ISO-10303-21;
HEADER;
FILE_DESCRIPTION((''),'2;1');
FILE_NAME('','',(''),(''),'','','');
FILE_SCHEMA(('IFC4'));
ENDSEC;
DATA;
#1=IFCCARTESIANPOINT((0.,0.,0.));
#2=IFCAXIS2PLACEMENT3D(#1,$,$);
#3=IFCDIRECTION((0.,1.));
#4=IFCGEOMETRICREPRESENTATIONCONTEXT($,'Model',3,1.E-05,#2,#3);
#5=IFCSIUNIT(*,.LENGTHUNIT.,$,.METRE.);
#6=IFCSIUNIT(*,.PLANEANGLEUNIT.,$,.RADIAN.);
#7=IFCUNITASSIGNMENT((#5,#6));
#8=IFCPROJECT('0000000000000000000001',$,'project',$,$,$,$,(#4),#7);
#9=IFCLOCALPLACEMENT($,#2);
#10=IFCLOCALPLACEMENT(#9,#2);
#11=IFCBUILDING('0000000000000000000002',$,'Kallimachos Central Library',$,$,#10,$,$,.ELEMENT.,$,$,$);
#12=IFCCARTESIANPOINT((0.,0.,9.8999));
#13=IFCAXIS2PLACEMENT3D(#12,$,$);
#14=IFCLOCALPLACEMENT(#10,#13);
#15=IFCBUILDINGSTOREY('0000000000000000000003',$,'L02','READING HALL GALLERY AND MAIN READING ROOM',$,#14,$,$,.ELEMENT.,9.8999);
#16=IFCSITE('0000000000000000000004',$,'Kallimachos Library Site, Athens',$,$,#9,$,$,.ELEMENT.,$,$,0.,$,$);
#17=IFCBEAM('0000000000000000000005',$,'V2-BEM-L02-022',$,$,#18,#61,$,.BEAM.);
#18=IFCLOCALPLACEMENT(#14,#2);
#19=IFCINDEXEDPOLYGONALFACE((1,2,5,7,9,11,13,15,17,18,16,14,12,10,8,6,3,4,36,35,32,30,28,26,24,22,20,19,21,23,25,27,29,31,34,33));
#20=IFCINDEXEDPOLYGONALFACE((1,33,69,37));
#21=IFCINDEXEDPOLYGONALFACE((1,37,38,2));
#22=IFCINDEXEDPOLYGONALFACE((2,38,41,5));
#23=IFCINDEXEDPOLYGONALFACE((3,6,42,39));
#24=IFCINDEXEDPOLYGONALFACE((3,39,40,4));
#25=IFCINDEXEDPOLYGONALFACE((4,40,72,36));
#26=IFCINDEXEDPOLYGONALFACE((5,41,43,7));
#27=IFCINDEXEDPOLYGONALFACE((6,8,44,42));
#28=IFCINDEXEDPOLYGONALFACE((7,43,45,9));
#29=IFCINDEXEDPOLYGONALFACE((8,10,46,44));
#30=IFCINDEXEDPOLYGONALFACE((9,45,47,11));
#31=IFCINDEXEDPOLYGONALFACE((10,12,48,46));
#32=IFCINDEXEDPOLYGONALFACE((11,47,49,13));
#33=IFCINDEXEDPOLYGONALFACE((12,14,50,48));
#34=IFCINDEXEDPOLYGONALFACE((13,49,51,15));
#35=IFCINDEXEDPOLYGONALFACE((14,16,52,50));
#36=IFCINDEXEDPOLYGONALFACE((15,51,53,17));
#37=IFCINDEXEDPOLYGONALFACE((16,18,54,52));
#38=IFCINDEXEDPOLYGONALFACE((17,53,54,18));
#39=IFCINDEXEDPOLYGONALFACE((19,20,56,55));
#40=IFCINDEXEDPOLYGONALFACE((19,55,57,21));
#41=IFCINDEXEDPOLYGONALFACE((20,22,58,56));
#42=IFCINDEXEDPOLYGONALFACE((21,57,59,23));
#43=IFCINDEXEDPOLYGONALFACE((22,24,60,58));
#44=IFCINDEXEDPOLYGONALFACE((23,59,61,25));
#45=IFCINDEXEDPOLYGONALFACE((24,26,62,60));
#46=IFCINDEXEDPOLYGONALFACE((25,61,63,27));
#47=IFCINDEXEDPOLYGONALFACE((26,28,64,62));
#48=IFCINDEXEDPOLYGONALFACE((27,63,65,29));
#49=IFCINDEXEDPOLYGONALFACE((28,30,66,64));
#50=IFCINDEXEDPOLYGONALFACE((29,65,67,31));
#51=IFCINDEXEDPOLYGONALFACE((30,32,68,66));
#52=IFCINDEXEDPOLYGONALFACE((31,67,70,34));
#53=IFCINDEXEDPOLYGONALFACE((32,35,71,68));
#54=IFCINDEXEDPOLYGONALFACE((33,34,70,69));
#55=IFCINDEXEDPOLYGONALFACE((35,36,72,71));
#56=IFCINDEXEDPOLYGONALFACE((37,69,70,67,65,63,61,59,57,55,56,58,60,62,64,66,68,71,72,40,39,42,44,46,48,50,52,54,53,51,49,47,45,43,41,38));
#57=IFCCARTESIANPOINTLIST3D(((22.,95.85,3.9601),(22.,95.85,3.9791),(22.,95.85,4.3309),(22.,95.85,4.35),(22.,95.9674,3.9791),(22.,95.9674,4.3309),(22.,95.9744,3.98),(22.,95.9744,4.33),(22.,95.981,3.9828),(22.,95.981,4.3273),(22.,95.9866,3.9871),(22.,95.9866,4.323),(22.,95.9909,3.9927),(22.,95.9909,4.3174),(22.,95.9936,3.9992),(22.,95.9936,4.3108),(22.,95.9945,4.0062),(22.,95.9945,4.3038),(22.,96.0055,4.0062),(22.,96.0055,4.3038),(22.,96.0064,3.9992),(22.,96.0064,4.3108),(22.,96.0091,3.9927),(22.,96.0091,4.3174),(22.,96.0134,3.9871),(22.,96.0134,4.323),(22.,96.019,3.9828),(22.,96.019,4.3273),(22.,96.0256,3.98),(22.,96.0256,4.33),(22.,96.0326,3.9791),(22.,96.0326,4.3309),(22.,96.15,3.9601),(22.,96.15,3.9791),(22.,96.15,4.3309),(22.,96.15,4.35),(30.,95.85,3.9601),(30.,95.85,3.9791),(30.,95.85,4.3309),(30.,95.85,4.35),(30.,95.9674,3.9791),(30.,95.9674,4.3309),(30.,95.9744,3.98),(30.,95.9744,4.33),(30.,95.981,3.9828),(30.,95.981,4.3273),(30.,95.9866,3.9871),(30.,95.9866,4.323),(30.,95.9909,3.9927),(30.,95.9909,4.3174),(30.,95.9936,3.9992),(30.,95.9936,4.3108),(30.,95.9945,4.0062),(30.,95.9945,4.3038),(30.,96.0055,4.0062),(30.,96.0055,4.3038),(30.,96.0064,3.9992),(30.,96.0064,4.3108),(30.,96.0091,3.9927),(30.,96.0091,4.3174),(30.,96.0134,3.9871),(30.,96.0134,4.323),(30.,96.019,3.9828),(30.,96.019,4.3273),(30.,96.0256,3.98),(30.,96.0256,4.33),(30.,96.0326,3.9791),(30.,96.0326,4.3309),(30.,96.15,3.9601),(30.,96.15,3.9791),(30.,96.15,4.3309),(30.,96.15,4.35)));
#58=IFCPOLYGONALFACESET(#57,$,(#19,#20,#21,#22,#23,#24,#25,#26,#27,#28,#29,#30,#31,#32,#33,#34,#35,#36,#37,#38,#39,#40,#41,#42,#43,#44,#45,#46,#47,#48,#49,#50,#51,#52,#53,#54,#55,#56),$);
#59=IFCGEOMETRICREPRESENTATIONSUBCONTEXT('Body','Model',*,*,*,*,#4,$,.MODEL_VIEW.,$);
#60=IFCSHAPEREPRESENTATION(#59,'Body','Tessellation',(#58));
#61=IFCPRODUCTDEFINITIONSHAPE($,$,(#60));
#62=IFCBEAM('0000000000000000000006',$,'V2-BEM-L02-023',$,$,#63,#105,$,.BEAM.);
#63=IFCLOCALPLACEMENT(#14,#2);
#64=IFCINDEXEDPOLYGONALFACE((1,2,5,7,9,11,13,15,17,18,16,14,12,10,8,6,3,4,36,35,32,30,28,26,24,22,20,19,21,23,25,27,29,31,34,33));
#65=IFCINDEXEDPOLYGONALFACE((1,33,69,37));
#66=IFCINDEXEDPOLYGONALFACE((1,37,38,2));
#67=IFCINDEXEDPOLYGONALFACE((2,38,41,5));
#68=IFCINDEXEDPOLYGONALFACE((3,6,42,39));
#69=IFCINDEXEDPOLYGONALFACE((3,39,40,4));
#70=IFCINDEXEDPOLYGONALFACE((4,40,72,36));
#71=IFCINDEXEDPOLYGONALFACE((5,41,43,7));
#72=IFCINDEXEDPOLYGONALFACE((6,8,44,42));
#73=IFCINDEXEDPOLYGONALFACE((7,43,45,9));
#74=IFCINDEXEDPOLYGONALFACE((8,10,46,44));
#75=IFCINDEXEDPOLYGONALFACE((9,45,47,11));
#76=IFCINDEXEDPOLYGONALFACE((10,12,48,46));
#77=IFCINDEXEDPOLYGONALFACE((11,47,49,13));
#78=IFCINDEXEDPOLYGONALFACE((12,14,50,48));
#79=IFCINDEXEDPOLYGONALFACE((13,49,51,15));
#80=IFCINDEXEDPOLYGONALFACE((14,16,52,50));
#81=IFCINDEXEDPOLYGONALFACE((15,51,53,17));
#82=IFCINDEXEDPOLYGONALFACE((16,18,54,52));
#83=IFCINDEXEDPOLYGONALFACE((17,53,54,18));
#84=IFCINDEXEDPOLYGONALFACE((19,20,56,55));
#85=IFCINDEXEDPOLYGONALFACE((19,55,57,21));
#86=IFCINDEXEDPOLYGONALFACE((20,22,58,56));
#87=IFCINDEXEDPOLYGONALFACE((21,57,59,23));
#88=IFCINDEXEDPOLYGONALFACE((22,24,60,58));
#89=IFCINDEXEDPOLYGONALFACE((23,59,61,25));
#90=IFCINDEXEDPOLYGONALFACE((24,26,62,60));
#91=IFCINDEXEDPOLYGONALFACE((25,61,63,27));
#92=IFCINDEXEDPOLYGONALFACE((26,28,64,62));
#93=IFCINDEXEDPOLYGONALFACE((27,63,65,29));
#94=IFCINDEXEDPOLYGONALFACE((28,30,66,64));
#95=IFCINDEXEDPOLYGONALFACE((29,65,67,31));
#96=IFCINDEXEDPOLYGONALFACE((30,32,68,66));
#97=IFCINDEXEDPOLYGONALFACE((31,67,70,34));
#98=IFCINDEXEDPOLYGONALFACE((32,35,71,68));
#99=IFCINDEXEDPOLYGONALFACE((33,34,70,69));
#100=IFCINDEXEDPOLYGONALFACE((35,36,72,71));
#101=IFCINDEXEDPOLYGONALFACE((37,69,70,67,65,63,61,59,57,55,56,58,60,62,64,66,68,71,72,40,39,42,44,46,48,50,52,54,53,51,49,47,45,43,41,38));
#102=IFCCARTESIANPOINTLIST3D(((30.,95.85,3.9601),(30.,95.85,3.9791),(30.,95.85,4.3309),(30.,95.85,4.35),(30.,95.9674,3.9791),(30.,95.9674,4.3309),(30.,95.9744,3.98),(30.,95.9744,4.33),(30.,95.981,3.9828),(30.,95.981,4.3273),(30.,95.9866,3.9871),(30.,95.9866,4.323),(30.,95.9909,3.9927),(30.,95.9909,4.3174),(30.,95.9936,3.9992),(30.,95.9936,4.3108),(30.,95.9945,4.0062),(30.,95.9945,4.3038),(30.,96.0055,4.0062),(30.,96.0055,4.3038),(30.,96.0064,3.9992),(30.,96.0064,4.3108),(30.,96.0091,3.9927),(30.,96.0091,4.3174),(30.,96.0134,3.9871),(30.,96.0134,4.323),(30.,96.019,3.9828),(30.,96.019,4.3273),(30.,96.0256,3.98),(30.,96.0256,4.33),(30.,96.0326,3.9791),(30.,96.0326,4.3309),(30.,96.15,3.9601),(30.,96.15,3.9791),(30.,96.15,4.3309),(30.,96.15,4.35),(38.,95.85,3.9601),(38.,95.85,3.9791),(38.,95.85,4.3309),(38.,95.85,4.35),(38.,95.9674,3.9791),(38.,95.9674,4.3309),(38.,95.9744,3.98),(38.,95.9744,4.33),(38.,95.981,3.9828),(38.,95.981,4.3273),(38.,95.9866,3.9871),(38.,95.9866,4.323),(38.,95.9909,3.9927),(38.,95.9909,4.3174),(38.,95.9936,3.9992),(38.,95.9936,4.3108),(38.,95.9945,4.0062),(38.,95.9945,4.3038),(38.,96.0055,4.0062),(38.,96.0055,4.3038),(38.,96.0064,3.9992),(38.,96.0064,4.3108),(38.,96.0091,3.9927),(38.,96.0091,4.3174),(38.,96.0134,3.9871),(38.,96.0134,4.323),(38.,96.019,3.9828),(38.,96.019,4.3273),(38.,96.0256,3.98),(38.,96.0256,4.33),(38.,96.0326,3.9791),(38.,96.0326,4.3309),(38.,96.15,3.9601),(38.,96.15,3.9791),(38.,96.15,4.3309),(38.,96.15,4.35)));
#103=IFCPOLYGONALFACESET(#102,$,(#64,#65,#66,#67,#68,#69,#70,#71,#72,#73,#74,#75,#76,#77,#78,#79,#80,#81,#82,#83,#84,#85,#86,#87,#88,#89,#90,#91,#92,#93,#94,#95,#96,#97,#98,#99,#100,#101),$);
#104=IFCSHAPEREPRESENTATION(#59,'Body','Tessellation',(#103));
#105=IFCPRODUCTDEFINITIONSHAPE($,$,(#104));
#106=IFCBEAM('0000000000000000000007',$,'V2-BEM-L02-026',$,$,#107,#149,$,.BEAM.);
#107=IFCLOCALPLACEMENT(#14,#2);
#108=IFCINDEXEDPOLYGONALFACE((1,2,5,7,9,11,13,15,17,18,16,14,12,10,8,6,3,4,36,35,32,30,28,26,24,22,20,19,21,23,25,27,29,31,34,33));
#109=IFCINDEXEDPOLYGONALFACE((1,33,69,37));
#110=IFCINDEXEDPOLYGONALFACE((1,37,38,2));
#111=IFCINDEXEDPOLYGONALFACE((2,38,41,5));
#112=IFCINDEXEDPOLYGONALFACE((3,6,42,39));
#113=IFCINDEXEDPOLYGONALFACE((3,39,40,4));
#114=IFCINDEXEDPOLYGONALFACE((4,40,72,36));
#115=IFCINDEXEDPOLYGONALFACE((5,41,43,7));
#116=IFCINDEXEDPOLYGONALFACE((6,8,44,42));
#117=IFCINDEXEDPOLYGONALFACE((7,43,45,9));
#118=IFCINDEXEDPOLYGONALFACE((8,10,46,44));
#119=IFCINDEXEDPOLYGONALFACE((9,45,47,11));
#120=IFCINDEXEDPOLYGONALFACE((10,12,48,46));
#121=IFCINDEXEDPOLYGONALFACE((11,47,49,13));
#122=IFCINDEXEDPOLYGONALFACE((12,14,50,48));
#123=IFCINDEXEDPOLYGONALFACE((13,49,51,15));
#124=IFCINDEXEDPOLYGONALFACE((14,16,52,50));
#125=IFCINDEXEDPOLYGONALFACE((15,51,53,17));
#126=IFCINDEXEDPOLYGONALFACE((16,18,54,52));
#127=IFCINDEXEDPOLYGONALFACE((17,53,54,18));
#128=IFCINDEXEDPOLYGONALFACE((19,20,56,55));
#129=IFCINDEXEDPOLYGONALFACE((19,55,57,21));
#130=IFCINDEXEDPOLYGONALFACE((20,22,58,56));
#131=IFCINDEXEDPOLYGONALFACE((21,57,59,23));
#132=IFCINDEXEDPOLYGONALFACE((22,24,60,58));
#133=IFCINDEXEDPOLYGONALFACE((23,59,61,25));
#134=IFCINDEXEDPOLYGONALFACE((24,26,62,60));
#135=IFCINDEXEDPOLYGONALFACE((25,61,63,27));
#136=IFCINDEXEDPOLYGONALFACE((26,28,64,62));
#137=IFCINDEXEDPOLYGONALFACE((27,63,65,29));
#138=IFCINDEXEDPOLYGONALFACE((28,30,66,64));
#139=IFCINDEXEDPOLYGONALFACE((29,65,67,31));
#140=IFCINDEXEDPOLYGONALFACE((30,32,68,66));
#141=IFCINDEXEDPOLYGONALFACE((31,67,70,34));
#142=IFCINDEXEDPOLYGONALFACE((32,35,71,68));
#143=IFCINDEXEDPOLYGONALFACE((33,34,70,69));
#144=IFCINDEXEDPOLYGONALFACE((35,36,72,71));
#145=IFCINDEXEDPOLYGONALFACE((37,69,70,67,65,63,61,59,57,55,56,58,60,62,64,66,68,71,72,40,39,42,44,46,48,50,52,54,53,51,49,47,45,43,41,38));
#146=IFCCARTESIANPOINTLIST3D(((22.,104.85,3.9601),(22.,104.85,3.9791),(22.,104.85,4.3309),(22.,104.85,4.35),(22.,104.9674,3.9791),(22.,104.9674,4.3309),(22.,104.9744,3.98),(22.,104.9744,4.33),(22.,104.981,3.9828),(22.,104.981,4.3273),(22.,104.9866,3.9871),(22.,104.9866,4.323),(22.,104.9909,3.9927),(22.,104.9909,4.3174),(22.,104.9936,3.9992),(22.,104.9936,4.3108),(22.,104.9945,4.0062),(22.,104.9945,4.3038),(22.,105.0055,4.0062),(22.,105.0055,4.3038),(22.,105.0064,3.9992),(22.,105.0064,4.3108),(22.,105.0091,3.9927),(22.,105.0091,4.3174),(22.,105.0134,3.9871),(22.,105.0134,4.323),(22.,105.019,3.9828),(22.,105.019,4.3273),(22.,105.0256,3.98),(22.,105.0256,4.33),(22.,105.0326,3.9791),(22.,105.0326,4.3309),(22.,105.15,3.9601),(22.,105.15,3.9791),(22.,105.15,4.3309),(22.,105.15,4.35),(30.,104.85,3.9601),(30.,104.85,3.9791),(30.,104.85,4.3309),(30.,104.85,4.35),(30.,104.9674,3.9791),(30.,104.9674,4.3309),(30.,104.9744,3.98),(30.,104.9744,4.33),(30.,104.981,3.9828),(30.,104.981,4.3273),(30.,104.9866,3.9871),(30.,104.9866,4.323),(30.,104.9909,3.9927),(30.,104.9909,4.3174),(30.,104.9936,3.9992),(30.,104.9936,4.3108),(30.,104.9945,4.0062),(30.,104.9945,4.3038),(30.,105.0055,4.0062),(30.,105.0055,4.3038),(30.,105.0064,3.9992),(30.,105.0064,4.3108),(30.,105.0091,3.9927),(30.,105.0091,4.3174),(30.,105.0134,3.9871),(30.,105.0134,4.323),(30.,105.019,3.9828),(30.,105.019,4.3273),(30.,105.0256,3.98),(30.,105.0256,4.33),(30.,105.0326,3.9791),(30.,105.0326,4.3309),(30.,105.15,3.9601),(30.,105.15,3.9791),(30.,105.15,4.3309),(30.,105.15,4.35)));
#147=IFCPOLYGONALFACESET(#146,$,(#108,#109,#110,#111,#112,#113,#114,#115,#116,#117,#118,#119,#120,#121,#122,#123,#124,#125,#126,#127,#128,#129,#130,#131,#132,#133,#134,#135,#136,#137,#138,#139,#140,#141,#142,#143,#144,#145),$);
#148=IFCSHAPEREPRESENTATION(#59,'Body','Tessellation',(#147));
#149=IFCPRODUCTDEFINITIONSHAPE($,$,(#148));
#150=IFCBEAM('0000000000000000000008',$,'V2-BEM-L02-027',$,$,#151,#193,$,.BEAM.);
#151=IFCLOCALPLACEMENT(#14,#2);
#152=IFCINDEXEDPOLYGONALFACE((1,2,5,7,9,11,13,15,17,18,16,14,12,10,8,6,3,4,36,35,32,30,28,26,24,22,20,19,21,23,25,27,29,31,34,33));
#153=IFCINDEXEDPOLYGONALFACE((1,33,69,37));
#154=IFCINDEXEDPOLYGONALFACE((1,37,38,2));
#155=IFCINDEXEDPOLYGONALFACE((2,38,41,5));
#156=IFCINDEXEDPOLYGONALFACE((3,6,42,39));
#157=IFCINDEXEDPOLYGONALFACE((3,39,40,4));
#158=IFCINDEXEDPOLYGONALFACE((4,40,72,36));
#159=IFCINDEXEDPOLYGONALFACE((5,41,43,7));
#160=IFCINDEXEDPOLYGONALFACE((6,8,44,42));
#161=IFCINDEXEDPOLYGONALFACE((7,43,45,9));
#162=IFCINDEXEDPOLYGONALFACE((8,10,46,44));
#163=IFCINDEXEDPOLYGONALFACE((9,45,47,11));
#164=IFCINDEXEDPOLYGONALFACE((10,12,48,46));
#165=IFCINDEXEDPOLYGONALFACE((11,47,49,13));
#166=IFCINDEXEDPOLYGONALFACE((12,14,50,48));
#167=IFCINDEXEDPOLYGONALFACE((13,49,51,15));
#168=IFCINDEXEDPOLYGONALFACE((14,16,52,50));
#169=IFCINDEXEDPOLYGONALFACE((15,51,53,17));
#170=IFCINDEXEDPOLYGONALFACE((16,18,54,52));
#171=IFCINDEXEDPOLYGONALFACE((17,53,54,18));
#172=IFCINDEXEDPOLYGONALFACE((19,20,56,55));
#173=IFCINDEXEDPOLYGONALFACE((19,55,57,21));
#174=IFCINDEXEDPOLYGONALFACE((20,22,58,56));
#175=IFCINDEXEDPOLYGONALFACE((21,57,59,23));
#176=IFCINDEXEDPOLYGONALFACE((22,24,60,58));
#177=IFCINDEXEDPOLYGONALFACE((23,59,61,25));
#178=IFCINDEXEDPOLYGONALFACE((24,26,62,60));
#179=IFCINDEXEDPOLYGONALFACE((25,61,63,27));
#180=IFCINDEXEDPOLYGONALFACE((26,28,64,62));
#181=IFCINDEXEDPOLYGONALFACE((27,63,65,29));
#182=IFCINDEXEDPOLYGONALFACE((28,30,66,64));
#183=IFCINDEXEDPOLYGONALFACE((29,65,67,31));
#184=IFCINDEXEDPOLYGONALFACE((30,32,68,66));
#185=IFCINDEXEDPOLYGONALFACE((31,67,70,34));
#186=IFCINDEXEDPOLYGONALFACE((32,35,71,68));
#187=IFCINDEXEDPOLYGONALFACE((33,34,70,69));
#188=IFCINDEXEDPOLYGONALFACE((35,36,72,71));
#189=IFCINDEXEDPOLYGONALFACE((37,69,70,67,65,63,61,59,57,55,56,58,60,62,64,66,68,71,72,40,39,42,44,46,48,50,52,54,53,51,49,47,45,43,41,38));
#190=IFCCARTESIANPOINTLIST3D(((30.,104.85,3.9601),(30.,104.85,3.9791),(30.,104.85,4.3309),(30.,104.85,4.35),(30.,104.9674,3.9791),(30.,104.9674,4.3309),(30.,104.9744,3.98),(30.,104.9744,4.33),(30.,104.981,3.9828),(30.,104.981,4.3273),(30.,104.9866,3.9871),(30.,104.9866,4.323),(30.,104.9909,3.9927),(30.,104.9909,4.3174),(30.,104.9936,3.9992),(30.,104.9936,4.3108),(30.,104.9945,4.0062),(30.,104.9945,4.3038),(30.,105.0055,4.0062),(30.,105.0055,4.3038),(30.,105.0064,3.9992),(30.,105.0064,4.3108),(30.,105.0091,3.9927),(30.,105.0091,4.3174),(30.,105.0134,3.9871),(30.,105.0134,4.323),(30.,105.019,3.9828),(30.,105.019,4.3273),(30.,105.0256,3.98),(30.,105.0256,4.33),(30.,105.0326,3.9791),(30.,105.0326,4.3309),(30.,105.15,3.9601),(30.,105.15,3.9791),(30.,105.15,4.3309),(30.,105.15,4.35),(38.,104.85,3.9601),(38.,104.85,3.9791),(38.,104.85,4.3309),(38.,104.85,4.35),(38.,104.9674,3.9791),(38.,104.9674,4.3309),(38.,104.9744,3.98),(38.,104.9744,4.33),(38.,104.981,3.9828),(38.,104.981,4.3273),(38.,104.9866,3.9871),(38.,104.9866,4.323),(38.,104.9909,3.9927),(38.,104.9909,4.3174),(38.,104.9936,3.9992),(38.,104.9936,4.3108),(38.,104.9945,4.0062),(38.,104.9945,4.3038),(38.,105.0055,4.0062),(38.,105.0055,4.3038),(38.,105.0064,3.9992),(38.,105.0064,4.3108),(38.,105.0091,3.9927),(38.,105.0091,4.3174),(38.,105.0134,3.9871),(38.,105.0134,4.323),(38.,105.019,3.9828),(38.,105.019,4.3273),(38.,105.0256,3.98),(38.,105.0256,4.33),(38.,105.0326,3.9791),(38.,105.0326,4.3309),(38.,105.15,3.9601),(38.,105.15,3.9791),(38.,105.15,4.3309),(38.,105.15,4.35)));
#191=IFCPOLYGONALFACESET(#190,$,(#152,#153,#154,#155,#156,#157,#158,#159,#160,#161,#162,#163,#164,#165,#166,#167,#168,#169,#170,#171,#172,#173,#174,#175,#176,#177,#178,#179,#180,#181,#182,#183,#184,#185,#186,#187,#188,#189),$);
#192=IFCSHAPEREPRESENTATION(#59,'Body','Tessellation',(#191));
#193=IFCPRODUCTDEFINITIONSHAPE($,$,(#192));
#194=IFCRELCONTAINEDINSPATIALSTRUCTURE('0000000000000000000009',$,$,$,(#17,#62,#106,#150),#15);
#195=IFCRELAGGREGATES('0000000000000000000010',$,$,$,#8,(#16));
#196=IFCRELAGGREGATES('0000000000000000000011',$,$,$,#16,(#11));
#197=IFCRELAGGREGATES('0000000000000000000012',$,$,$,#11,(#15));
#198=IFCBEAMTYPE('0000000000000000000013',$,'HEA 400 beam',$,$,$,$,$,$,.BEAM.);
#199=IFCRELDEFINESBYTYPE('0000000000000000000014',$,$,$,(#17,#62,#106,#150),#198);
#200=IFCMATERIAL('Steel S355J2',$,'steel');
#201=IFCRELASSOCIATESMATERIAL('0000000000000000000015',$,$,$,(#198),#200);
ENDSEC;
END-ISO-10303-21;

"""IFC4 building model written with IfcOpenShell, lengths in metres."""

from ifc_helpers import new_model, si_unit, direction, frame, origin, origin_2d, place, context, subcontext, project, spatial, i_section, extrude, material, material_profile, profile_set, type_object, element, save


model = new_model("IFC4")

# Units and contexts
model_context = context("Model", 3, precision=1e-05, world=origin(), true_north=direction((0.0, 1.0)))
body_context = subcontext(model_context, "Body", "Model", "MODEL_VIEW")
ifc_project = project(units=[si_unit("LENGTHUNIT", "METRE"), si_unit("PLANEANGLEUNIT", "RADIAN")], contexts=[model_context])

# Site, building, storey
site_placement = place(None, origin())
site = spatial("IfcSite", under=ifc_project, at=site_placement, Name="Kallimachos Library Site, Athens", CompositionType="ELEMENT", RefElevation=0.0)
building_placement = place(site_placement, origin())
building = spatial("IfcBuilding", under=site, at=building_placement, Name="Kallimachos Central Library", CompositionType="ELEMENT")
storey_placement = place(building_placement, frame((0.0, 0.0, 9.8999)))
storey = spatial("IfcBuildingStorey", under=building, at=storey_placement, Name="L02", Description="READING HALL GALLERY AND MAIN READING ROOM", CompositionType="ELEMENT", Elevation=9.8999)

# Beams
ifc_material_1 = material(Name="Steel S355J2", Category="steel")
ifc_material_profile_1 = material_profile(ifc_material_1, i_section(OverallWidth=0.3, OverallDepth=0.3899, WebThickness=0.011, FlangeThickness=0.019, FilletRadius=0.0271, at=origin_2d()), Name="HEA 400")
ifc_profile_set_1 = profile_set([ifc_material_profile_1], Name="Steel S355J2")
beam_type_1 = type_object("IfcBeamType", Name="HEA 400 beam", PredefinedType="BEAM", material=ifc_profile_set_1)
for number, where, z_axis, x_axis, name in (
    (1, (22.0, 96.0, 4.155), (1.0, 0.0, 0.0), (0.0, 1.0, 0.0), "V2-BEM-L02-022"),
    (2, (30.0, 96.0, 4.155), (1.0, 0.0, 0.0), (0.0, 1.0, 0.0), "V2-BEM-L02-023"),
    (3, (22.0, 105.0, 4.155), (1.0, 0.0, 0.0), (0.0, 1.0, 0.0), "V2-BEM-L02-026"),
    (4, (30.0, 105.0, 4.155), (1.0, 0.0, 0.0), (0.0, 1.0, 0.0), "V2-BEM-L02-027"),
):
    element("IfcBeam", number, at=place(storey_placement, frame(where, z_axis=z_axis, x_axis=x_axis)), inside=storey, type_object=beam_type_1, Name=name, PredefinedType="BEAM", context=body_context, shape_type="SweptSolid", body=[
        extrude(i_section(OverallWidth=0.3, OverallDepth=0.3899, WebThickness=0.011, FlangeThickness=0.019, FilletRadius=0.0271, at=origin_2d()), origin(), (0.0, 0.0, 1.0), 8.0),
    ])

save(model, "model.ifc")
